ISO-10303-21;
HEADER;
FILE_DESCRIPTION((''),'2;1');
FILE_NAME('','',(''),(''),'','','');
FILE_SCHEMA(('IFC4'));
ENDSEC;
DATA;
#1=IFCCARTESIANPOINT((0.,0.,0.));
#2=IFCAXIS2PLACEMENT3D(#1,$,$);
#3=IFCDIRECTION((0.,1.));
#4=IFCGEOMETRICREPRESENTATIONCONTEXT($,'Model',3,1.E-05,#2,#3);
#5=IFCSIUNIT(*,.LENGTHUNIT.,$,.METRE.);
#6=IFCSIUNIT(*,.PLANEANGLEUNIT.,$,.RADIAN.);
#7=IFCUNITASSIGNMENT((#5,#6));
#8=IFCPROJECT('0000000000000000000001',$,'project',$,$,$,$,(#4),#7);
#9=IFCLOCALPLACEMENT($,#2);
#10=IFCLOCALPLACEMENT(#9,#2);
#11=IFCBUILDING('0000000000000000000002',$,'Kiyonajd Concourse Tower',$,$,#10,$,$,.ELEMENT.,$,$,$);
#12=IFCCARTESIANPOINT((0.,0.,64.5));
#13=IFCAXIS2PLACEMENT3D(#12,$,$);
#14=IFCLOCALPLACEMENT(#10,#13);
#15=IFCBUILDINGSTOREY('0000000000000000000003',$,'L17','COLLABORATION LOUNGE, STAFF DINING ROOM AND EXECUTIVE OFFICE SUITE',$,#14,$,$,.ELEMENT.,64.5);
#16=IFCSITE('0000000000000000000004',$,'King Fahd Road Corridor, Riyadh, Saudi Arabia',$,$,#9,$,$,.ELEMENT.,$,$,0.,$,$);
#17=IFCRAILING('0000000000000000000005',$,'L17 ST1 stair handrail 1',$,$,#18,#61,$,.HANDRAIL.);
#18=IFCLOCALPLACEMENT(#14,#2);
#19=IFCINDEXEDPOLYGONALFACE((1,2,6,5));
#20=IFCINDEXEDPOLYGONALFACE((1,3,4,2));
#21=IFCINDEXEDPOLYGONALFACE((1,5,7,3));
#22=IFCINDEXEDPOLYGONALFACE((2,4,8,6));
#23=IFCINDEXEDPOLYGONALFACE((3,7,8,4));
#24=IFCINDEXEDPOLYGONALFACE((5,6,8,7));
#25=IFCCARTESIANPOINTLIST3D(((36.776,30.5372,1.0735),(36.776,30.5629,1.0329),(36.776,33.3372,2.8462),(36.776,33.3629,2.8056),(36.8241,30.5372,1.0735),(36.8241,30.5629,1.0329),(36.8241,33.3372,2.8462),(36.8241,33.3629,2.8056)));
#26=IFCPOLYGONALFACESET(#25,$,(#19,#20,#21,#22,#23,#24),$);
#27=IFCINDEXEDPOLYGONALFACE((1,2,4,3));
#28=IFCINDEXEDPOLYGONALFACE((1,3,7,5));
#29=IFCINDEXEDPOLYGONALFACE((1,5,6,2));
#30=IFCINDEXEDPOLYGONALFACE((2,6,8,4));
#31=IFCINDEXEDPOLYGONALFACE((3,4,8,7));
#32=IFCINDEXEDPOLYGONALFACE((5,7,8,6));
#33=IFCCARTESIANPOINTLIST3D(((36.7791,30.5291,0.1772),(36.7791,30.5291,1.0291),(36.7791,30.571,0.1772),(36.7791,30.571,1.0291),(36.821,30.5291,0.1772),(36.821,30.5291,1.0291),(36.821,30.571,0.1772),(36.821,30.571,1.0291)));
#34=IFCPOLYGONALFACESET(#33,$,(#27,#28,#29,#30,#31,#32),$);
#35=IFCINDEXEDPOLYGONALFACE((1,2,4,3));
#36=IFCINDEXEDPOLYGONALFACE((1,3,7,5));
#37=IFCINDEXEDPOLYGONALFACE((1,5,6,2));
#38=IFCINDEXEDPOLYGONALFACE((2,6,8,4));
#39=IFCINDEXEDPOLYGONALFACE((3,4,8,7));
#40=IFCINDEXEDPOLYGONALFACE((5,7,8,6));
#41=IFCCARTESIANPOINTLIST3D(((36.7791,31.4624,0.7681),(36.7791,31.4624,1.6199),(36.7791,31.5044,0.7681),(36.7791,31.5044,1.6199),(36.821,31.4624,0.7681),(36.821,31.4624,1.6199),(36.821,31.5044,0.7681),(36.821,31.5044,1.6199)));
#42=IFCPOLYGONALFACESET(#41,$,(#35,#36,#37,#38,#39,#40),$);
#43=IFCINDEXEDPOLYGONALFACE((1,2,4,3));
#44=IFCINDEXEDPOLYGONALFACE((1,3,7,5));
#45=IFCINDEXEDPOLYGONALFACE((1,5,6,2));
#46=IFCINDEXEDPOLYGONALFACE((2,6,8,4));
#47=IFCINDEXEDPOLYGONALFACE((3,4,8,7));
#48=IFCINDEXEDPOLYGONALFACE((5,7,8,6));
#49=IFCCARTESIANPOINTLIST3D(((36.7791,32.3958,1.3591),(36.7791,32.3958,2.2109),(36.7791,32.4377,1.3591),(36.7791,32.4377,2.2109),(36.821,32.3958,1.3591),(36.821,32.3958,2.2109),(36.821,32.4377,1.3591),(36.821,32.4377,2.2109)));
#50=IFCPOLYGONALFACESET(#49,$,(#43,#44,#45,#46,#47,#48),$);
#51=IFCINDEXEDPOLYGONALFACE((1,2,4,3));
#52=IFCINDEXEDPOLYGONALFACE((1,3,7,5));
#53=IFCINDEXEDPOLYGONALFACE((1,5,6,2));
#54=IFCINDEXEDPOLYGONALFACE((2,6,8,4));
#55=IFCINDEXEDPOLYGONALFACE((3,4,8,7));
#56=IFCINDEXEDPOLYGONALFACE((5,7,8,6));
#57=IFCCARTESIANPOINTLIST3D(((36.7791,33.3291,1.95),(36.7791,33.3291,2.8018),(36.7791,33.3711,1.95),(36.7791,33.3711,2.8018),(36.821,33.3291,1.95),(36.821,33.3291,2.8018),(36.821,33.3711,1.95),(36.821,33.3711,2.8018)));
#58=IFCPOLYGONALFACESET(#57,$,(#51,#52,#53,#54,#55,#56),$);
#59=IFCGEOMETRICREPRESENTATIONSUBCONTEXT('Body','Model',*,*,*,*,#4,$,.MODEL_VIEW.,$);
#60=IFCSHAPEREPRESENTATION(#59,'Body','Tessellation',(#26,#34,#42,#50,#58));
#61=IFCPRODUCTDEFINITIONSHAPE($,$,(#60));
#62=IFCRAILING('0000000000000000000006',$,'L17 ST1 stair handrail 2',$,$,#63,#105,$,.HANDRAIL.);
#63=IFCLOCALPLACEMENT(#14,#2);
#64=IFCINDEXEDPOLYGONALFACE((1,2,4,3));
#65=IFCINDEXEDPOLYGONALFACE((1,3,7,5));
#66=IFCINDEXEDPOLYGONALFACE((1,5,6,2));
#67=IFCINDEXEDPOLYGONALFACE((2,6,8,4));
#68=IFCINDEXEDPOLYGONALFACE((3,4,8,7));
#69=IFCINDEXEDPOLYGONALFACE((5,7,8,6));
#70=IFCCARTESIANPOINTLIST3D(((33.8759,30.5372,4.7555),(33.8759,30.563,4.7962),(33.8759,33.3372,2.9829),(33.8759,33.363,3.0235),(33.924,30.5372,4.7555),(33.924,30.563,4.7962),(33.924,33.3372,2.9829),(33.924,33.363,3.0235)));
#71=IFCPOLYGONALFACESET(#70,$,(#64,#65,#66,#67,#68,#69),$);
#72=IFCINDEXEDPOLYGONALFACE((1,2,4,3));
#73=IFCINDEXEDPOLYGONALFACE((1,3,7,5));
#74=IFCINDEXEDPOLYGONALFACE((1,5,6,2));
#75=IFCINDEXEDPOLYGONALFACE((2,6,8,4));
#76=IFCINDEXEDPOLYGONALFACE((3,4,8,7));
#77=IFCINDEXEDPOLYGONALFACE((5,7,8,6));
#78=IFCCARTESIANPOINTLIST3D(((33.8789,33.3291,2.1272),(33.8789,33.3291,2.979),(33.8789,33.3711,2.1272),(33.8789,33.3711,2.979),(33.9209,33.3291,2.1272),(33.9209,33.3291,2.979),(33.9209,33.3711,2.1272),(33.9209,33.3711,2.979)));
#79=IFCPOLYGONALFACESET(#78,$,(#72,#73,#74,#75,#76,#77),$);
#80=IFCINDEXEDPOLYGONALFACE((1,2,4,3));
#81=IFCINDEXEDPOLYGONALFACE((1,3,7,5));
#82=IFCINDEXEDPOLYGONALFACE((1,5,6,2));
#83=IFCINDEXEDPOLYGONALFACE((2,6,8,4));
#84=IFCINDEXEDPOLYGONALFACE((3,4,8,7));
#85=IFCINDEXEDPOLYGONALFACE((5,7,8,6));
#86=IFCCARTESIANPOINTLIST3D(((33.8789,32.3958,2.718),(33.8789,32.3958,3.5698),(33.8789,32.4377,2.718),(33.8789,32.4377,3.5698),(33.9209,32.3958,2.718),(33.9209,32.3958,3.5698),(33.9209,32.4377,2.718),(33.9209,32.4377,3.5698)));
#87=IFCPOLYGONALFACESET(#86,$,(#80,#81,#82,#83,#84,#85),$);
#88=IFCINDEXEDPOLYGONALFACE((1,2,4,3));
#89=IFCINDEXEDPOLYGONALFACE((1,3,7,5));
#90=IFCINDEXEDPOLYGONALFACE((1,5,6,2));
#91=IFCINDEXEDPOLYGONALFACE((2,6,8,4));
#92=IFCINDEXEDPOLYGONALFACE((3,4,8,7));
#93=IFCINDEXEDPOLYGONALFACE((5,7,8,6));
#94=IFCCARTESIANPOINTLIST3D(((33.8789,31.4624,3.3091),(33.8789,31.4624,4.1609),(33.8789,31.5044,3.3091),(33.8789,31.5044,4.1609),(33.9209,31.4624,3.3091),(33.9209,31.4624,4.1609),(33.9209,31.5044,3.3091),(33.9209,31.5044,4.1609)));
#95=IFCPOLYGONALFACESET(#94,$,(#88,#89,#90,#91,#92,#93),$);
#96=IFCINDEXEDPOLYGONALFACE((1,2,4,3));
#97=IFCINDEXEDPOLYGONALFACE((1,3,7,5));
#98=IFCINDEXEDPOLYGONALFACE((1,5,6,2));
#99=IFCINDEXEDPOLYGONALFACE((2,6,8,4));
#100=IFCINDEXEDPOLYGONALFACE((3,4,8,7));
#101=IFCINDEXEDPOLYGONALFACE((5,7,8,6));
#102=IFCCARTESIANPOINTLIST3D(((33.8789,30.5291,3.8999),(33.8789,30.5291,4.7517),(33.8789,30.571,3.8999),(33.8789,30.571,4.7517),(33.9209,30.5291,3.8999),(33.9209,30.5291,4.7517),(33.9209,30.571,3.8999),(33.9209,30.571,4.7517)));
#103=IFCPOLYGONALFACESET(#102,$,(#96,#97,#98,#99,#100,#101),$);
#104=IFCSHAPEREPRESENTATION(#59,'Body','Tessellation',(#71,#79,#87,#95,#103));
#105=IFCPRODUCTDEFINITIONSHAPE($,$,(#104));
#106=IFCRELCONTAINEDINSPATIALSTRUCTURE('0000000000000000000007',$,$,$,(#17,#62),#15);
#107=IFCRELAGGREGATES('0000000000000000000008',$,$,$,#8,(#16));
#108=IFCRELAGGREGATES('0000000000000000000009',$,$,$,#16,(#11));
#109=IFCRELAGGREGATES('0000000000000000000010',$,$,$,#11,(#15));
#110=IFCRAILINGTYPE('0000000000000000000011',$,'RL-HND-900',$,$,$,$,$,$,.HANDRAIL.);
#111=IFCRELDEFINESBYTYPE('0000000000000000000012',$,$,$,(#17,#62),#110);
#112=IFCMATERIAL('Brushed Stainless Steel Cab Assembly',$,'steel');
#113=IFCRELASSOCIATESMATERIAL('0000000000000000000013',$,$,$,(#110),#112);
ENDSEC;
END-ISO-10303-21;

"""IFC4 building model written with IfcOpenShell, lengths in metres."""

from ifc_helpers import new_model, si_unit, direction, frame, origin, origin_2d, place, context, subcontext, project, spatial, rectangle, extrude, material, type_object, element, save


model = new_model("IFC4")

# Units and contexts
model_context = context("Model", 3, precision=1e-05, world=origin(), true_north=direction((0.0, 1.0)))
body_context = subcontext(model_context, "Body", "Model", "MODEL_VIEW")
ifc_project = project(units=[si_unit("LENGTHUNIT", "METRE"), si_unit("PLANEANGLEUNIT", "RADIAN")], contexts=[model_context])

# Site, building, storey
site_placement = place(None, origin())
site = spatial("IfcSite", under=ifc_project, at=site_placement, Name="King Fahd Road Corridor, Riyadh, Saudi Arabia", CompositionType="ELEMENT", RefElevation=0.0)
building_placement = place(site_placement, origin())
building = spatial("IfcBuilding", under=site, at=building_placement, Name="Kiyonajd Concourse Tower", CompositionType="ELEMENT")
storey_placement = place(building_placement, frame((0.0, 0.0, 64.5)))
storey = spatial("IfcBuildingStorey", under=building, at=storey_placement, Name="L17", Description="COLLABORATION LOUNGE, STAFF DINING ROOM AND EXECUTIVE OFFICE SUITE", CompositionType="ELEMENT", Elevation=64.5)

# Shared definitions
ifc_material_1 = material(Name="Brushed Stainless Steel Cab Assembly", Category="steel")

# Railings
railing_type_1 = type_object("IfcRailingType", Name="RL-HND-900", PredefinedType="HANDRAIL", material=ifc_material_1)
railing_1_placement = place(storey_placement, frame((36.8, 30.55, 0.1772)))
element("IfcRailing", 1, at=railing_1_placement, inside=storey, type_object=railing_type_1, Name="L17 ST1 stair handrail 1", PredefinedType="HANDRAIL", context=body_context, shape_type="SweptSolid", body=[
    extrude(rectangle(XDim=0.0481, YDim=0.0481, at=origin_2d()), frame((0.0, 0.0, 0.876), z_axis=(0.0, 0.844909, 0.53491), x_axis=(-1.0, 0.0, 0.0)), (0.0, 0.0, 1.0), 3.314),
    extrude(rectangle(XDim=0.042, YDim=0.042, at=origin_2d()), origin(), (0.0, 0.0, 1.0), 0.8518),
    extrude(rectangle(XDim=0.042, YDim=0.042, at=origin_2d()), frame((0.0, 0.9333, 0.5908)), (0.0, 0.0, 1.0), 0.8518),
    extrude(rectangle(XDim=0.042, YDim=0.042, at=origin_2d()), frame((0.0, 1.8667, 1.1819)), (0.0, 0.0, 1.0), 0.8518),
    extrude(rectangle(XDim=0.042, YDim=0.042, at=origin_2d()), frame((0.0, 2.8, 1.7727)), (0.0, 0.0, 1.0), 0.8518),
])
railing_2_placement = place(storey_placement, frame((33.8999, 33.3501, 2.1272)))
element("IfcRailing", 2, at=railing_2_placement, inside=storey, type_object=railing_type_1, Name="L17 ST1 stair handrail 2", PredefinedType="HANDRAIL", context=body_context, shape_type="SweptSolid", body=[
    extrude(rectangle(XDim=0.0481, YDim=0.0481, at=origin_2d()), frame((0.0, 0.0, 0.876), z_axis=(0.0, -0.844909, 0.53491), x_axis=(1.0, 0.0, 0.0)), (0.0, 0.0, 1.0), 3.314),
    extrude(rectangle(XDim=0.042, YDim=0.042, at=origin_2d()), origin(), (0.0, 0.0, 1.0), 0.8518),
    extrude(rectangle(XDim=0.042, YDim=0.042, at=origin_2d()), frame((0.0, -0.9333, 0.5908)), (0.0, 0.0, 1.0), 0.8518),
    extrude(rectangle(XDim=0.042, YDim=0.042, at=origin_2d()), frame((0.0, -1.8667, 1.1819)), (0.0, 0.0, 1.0), 0.8518),
    extrude(rectangle(XDim=0.042, YDim=0.042, at=origin_2d()), frame((0.0, -2.8, 1.7727)), (0.0, 0.0, 1.0), 0.8518),
])

save(model, "model.ifc")
